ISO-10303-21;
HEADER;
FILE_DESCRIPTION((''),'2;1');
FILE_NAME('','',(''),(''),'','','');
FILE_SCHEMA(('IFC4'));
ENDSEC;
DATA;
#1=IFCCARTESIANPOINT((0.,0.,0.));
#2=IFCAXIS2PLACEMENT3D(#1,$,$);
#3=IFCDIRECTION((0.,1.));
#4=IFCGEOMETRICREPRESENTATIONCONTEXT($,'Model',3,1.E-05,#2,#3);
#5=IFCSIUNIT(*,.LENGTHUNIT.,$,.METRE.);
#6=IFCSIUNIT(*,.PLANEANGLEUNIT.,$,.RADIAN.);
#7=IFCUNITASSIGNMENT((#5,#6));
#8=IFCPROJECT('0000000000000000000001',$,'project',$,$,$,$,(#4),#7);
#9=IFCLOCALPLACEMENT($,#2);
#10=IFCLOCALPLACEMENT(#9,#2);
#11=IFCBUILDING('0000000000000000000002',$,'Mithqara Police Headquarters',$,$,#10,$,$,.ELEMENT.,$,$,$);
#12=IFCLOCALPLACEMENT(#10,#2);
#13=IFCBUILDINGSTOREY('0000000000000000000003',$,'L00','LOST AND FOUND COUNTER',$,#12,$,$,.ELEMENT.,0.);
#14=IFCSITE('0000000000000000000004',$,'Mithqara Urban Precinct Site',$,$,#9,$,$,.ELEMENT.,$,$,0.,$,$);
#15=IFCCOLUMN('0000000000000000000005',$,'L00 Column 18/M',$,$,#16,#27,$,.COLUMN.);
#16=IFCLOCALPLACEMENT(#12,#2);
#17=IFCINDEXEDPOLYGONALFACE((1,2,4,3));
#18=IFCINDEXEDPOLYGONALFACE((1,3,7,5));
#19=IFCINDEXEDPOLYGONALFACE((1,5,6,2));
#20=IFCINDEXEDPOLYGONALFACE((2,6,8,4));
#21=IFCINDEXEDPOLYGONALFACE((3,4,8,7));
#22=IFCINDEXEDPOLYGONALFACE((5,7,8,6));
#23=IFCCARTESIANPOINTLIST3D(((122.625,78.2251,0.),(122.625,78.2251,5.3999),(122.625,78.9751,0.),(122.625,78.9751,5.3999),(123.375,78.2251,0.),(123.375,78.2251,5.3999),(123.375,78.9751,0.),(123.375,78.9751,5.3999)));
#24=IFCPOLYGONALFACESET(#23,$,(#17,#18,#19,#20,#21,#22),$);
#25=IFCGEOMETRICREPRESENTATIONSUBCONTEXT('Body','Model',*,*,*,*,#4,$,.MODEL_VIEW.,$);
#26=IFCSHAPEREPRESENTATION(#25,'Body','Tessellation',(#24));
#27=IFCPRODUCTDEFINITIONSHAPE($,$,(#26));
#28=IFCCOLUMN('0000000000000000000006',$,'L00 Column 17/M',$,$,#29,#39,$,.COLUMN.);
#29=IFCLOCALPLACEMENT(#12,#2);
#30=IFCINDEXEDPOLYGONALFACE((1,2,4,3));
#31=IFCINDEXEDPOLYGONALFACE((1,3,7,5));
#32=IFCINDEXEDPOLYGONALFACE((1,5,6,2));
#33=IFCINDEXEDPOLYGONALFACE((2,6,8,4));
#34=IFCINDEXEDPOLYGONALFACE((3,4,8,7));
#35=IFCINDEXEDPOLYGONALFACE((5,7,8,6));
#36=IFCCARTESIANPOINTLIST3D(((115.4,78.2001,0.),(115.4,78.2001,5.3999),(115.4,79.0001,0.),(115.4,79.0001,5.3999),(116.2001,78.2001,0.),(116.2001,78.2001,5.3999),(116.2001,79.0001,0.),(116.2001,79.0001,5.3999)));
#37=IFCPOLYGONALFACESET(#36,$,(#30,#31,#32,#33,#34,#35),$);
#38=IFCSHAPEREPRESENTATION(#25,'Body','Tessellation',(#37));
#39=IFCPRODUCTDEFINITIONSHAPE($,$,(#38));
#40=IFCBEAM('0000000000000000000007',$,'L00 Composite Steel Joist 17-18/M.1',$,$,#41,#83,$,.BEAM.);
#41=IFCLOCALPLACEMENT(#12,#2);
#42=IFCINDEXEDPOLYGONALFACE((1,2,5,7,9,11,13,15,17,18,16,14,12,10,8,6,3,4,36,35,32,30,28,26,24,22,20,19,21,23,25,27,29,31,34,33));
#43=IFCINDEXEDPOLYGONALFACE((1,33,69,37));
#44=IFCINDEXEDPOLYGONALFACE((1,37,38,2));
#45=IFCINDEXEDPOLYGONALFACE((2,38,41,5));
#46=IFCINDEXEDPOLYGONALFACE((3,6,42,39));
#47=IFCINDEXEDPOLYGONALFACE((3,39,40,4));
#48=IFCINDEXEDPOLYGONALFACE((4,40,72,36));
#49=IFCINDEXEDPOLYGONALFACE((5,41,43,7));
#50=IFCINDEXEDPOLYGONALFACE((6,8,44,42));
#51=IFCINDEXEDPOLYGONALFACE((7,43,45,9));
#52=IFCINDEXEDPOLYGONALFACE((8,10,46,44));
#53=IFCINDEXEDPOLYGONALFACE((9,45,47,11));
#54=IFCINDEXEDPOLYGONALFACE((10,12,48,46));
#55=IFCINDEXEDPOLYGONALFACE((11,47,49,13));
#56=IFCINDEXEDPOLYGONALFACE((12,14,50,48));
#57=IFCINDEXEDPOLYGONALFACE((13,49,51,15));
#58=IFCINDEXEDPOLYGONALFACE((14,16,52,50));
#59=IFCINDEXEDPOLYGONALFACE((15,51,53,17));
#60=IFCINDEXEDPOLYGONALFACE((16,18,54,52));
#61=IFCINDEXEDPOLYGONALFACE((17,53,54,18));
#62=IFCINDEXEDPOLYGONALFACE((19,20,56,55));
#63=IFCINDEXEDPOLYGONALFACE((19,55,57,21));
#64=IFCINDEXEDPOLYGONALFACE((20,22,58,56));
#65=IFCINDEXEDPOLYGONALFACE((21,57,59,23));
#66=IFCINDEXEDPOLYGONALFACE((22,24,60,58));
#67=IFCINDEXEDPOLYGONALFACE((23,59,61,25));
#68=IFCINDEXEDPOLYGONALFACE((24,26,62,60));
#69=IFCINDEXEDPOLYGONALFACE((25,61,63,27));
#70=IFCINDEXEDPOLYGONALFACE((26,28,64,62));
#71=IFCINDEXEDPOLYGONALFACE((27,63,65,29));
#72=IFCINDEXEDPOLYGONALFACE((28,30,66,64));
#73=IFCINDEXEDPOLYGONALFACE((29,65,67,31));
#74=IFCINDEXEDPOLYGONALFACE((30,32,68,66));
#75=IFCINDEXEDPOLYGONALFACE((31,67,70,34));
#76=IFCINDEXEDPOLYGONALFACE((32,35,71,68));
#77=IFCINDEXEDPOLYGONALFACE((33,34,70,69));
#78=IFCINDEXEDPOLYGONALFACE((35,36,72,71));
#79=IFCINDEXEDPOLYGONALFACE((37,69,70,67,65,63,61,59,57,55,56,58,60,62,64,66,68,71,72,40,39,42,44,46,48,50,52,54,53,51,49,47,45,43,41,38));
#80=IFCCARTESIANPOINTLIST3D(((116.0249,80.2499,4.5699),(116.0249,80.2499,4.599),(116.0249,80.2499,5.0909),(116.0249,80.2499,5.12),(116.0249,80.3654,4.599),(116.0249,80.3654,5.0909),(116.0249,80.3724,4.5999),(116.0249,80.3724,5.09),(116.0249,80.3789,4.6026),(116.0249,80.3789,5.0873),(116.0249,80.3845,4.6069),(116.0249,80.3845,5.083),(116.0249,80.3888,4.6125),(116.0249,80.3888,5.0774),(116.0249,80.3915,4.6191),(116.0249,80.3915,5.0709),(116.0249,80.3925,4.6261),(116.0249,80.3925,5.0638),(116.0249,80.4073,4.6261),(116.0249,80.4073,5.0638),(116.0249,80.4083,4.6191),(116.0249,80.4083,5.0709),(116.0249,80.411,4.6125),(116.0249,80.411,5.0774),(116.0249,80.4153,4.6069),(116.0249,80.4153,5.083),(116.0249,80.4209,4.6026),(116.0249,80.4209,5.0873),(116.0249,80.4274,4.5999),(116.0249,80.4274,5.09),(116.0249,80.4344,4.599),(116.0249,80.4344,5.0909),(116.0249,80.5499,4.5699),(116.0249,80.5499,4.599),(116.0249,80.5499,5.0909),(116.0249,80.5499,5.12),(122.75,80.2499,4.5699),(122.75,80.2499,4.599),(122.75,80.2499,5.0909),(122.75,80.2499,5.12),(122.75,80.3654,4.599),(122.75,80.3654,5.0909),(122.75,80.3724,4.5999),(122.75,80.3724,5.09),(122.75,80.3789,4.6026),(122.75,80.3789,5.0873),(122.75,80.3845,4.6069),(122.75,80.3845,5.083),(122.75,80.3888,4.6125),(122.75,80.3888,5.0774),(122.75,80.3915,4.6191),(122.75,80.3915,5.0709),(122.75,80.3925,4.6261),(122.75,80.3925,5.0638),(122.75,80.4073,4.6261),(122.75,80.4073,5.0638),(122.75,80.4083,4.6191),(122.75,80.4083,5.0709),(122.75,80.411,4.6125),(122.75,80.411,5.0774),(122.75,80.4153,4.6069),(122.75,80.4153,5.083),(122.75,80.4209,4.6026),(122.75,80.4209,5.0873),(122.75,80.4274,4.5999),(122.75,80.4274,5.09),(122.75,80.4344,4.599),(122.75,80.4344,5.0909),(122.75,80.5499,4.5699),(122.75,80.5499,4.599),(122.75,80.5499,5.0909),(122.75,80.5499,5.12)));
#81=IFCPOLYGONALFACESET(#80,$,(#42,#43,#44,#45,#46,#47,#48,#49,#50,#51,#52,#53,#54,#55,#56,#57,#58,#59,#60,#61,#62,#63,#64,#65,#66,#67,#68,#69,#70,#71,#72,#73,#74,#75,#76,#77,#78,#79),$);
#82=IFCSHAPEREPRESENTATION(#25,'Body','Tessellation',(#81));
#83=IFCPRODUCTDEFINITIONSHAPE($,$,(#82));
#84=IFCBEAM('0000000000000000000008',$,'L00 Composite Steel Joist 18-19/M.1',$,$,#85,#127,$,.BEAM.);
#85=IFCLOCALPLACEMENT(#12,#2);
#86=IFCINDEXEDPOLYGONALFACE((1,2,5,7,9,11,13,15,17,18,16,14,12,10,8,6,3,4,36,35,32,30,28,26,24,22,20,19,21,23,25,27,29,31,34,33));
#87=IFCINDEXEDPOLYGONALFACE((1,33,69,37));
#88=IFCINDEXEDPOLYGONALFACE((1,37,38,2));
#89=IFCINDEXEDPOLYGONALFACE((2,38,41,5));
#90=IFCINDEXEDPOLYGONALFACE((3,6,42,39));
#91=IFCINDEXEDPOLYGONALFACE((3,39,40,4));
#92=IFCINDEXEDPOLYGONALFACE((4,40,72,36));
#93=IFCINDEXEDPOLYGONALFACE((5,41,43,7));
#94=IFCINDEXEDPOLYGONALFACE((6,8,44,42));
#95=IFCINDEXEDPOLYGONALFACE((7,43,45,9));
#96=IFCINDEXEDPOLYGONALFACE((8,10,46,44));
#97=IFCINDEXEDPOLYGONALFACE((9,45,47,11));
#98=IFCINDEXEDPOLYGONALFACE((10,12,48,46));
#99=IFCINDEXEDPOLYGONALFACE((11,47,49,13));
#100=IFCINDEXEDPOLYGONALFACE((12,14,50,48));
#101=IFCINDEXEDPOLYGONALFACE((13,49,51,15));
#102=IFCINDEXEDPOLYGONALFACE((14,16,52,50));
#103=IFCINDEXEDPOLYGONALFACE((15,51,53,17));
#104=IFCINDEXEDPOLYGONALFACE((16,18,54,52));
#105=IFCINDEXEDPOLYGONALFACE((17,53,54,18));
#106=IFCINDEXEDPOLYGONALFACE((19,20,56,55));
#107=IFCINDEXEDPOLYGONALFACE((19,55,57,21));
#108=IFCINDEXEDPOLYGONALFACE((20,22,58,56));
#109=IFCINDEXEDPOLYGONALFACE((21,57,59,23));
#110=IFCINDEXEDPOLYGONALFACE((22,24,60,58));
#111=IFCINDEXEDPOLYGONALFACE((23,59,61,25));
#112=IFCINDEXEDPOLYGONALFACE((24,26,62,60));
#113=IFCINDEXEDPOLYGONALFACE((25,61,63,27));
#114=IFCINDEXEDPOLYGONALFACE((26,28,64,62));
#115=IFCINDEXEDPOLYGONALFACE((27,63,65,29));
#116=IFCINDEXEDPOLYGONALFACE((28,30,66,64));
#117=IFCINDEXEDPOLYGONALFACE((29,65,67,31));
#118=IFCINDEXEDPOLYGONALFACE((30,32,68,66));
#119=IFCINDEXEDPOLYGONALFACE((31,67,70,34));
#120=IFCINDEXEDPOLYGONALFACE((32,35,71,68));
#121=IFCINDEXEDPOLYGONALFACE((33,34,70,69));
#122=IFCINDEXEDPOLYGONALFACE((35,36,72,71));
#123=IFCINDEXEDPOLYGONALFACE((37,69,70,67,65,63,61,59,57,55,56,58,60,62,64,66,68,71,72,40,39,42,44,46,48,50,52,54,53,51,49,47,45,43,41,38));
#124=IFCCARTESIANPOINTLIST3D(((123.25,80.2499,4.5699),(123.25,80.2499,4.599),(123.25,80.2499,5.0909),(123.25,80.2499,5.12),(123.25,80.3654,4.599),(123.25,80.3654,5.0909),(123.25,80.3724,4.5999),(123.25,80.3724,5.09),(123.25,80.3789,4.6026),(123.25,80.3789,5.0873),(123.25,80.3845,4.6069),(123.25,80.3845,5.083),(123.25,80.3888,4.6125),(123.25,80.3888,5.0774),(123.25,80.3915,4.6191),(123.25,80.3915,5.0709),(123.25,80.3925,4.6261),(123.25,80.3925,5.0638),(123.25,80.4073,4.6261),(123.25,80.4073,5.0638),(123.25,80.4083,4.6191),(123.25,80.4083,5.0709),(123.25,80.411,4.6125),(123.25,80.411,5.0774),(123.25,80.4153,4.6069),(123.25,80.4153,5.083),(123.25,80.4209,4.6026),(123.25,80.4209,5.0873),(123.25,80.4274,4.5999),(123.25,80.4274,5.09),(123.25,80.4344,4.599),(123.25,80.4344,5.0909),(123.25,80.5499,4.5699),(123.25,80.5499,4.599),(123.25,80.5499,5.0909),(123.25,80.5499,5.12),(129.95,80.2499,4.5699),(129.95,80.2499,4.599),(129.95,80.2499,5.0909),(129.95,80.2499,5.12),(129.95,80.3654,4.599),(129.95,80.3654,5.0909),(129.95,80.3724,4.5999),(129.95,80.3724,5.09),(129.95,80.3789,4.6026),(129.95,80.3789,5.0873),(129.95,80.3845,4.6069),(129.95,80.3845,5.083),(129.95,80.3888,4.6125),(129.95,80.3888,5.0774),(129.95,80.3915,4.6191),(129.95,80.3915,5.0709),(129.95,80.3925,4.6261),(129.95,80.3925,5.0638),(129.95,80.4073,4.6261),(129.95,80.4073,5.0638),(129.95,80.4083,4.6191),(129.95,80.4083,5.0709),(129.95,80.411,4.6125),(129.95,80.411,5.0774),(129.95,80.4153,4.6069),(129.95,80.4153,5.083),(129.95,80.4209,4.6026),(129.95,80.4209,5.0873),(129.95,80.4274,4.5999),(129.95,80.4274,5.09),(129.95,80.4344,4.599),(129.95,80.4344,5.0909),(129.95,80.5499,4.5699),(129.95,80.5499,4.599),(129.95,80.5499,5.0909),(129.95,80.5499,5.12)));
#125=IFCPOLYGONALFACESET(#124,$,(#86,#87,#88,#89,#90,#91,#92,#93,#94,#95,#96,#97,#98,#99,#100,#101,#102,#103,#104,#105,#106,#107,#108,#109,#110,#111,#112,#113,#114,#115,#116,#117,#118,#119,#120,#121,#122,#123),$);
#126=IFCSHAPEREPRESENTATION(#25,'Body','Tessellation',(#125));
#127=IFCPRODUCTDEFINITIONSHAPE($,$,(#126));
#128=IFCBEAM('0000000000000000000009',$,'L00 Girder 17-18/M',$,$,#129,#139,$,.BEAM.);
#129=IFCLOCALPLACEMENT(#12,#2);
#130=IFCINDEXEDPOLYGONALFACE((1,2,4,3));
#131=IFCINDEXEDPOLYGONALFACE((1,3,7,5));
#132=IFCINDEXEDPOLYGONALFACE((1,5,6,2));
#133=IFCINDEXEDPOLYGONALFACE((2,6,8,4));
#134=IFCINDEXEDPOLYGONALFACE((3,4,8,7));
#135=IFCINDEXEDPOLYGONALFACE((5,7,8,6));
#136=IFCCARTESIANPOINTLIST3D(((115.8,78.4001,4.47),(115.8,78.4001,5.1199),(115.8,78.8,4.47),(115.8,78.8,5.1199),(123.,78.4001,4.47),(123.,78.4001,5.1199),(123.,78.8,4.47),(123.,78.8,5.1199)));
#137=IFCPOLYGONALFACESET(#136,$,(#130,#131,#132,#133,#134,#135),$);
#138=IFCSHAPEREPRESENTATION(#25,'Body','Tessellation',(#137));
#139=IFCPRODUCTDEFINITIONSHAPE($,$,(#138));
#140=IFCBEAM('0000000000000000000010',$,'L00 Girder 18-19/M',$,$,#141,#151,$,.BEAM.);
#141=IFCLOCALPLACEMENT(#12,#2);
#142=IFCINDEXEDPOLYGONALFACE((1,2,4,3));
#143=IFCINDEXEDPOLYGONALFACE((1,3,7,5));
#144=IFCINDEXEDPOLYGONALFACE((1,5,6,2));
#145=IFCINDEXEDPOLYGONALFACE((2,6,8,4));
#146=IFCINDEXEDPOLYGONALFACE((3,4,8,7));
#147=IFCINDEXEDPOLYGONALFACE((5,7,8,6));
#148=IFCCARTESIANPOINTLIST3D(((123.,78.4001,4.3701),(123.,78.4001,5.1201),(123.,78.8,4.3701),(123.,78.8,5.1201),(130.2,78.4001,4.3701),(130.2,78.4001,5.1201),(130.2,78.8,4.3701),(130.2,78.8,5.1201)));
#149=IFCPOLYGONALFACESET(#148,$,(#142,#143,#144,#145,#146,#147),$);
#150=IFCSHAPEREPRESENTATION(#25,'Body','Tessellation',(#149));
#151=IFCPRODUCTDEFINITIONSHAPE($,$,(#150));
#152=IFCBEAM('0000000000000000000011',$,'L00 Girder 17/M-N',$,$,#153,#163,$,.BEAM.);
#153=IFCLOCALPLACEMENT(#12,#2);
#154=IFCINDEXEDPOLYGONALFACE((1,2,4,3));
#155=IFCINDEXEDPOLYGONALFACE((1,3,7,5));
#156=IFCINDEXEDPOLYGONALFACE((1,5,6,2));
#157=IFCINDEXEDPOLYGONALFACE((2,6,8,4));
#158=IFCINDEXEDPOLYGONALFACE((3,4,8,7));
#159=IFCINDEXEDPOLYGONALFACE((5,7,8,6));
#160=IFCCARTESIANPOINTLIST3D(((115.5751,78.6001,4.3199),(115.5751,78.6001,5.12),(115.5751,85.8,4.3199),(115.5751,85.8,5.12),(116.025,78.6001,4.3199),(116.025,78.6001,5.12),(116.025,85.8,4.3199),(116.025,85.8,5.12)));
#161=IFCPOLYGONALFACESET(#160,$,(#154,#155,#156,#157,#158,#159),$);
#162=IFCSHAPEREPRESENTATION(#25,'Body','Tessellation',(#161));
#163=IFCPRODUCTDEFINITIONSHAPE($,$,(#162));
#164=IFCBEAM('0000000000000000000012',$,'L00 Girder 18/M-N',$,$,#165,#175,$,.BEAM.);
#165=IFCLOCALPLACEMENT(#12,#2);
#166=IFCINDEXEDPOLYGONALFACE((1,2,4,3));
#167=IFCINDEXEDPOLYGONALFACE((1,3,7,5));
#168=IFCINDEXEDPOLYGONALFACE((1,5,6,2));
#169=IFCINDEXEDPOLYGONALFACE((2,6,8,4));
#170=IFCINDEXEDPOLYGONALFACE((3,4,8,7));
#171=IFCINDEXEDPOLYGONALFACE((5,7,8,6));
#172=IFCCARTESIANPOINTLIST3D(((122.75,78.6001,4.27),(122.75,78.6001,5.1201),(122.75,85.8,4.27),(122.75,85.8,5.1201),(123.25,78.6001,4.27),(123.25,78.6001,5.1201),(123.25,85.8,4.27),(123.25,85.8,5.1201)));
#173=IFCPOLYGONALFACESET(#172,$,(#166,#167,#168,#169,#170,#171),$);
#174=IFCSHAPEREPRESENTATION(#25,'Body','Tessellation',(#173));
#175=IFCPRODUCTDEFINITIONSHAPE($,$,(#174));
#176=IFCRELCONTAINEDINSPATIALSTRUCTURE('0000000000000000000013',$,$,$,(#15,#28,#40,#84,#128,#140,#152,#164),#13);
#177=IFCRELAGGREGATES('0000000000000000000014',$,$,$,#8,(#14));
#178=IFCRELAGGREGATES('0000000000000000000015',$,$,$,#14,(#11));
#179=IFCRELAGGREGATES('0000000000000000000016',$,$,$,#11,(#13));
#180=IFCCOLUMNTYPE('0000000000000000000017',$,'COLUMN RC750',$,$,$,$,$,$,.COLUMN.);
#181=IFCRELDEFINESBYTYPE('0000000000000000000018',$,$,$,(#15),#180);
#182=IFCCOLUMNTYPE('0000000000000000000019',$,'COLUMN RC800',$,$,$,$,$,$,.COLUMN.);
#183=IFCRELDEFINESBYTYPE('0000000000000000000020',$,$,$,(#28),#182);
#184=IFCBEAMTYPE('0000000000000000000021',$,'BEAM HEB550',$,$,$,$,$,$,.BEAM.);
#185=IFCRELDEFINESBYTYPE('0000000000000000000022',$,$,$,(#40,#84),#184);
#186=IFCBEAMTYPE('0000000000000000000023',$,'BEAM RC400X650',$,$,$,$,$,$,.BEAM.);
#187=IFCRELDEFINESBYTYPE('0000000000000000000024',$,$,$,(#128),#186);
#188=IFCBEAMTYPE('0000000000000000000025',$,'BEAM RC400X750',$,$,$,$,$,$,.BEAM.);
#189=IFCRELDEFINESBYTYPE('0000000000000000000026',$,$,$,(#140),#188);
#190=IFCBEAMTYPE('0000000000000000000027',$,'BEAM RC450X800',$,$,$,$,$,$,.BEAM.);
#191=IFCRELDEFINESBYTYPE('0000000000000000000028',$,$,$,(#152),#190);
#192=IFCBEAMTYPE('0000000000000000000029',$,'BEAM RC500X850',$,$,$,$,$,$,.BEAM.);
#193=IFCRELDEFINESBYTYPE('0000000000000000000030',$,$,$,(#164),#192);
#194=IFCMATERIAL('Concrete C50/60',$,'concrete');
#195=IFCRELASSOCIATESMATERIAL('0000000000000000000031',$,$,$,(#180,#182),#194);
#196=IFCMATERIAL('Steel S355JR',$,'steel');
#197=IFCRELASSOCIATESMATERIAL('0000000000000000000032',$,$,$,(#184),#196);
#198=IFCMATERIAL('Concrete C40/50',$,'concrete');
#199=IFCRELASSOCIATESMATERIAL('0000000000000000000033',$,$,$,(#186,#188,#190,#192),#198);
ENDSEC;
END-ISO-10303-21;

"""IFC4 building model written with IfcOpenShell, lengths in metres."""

from ifc_helpers import new_model, si_unit, direction, frame, origin, origin_2d, place, context, subcontext, project, spatial, rectangle, i_section, extrude, material, material_profile, profile_set, type_object, element, save


model = new_model("IFC4")

# Units and contexts
model_context = context("Model", 3, precision=1e-05, world=origin(), true_north=direction((0.0, 1.0)))
body_context = subcontext(model_context, "Body", "Model", "MODEL_VIEW")
ifc_project = project(units=[si_unit("LENGTHUNIT", "METRE"), si_unit("PLANEANGLEUNIT", "RADIAN")], contexts=[model_context])

# Site, building, storey
site_placement = place(None, origin())
site = spatial("IfcSite", under=ifc_project, at=site_placement, Name="Mithqara Urban Precinct Site", CompositionType="ELEMENT", RefElevation=0.0)
building_placement = place(site_placement, origin())
building = spatial("IfcBuilding", under=site, at=building_placement, Name="Mithqara Police Headquarters", CompositionType="ELEMENT")
storey_placement = place(building_placement, origin())
storey = spatial("IfcBuildingStorey", under=building, at=storey_placement, Name="L00", Description="LOST AND FOUND COUNTER", CompositionType="ELEMENT", Elevation=0.0)

# Columns
ifc_material_1 = material(Name="Concrete C50/60", Category="concrete")
ifc_material_profile_1 = material_profile(ifc_material_1, rectangle(XDim=0.75, YDim=0.75, at=origin_2d()), Name="RC 750x750")
ifc_profile_set_1 = profile_set([ifc_material_profile_1], Name="Concrete C50/60")
column_type_1 = type_object("IfcColumnType", Name="COLUMN RC750", PredefinedType="COLUMN", material=ifc_profile_set_1)
column_1_placement = place(storey_placement, frame((123.0, 78.6001, 0.0), z_axis=(0.0, 0.0, 1.0), x_axis=(1.0, 0.0, 0.0)))
element("IfcColumn", 1, at=column_1_placement, inside=storey, type_object=column_type_1, Name="L00 Column 18/M", PredefinedType="COLUMN", context=body_context, shape_type="SweptSolid", body=[
    extrude(rectangle(XDim=0.75, YDim=0.75, at=origin_2d()), origin(), (0.0, 0.0, 1.0), 5.3999),
])
ifc_material_profile_2 = material_profile(ifc_material_1, rectangle(XDim=0.8, YDim=0.8, at=origin_2d()), Name="RC 800x800")
ifc_profile_set_2 = profile_set([ifc_material_profile_2], Name="Concrete C50/60")
column_type_2 = type_object("IfcColumnType", Name="COLUMN RC800", PredefinedType="COLUMN", material=ifc_profile_set_2)
column_2_placement = place(storey_placement, frame((115.8, 78.6001, 0.0), z_axis=(0.0, 0.0, 1.0), x_axis=(1.0, 0.0, 0.0)))
element("IfcColumn", 2, at=column_2_placement, inside=storey, type_object=column_type_2, Name="L00 Column 17/M", PredefinedType="COLUMN", context=body_context, shape_type="SweptSolid", body=[
    extrude(rectangle(XDim=0.8, YDim=0.8, at=origin_2d()), origin(), (0.0, 0.0, 1.0), 5.3999),
])

# Beams
ifc_material_2 = material(Name="Steel S355JR", Category="steel")
ifc_material_profile_3 = material_profile(ifc_material_2, i_section(OverallWidth=0.3, OverallDepth=0.55, WebThickness=0.0149, FlangeThickness=0.0291, FilletRadius=0.0271, at=origin_2d()), Name="HEB 550")
ifc_profile_set_3 = profile_set([ifc_material_profile_3], Name="Steel S355JR")
beam_type_1 = type_object("IfcBeamType", Name="BEAM HEB550", PredefinedType="BEAM", material=ifc_profile_set_3)
beam_1_placement = place(storey_placement, frame((116.0249, 80.3999, 4.845), z_axis=(1.0, 0.0, 0.0), x_axis=(0.0, 1.0, 0.0)))
element("IfcBeam", 3, at=beam_1_placement, inside=storey, type_object=beam_type_1, Name="L00 Composite Steel Joist 17-18/M.1", PredefinedType="BEAM", context=body_context, shape_type="SweptSolid", body=[
    extrude(i_section(OverallWidth=0.3, OverallDepth=0.55, WebThickness=0.0149, FlangeThickness=0.0291, FilletRadius=0.0271, at=origin_2d()), origin(), (0.0, 0.0, 1.0), 6.7251),
])
beam_2_placement = place(storey_placement, frame((123.25, 80.3999, 4.845), z_axis=(1.0, 0.0, 0.0), x_axis=(0.0, 1.0, 0.0)))
element("IfcBeam", 4, at=beam_2_placement, inside=storey, type_object=beam_type_1, Name="L00 Composite Steel Joist 18-19/M.1", PredefinedType="BEAM", context=body_context, shape_type="SweptSolid", body=[
    extrude(i_section(OverallWidth=0.3, OverallDepth=0.55, WebThickness=0.0149, FlangeThickness=0.0291, FilletRadius=0.0271, at=origin_2d()), origin(), (0.0, 0.0, 1.0), 6.7),
])
ifc_material_3 = material(Name="Concrete C40/50", Category="concrete")
ifc_material_profile_4 = material_profile(ifc_material_3, rectangle(XDim=0.3999, YDim=0.6499, at=origin_2d()), Name="RC 400x650")
ifc_profile_set_4 = profile_set([ifc_material_profile_4], Name="Concrete C40/50")
beam_type_2 = type_object("IfcBeamType", Name="BEAM RC400X650", PredefinedType="BEAM", material=ifc_profile_set_4)
beam_3_placement = place(storey_placement, frame((115.8, 78.6001, 4.7949), z_axis=(1.0, 0.0, 0.0), x_axis=(0.0, 1.0, 0.0)))
element("IfcBeam", 5, at=beam_3_placement, inside=storey, type_object=beam_type_2, Name="L00 Girder 17-18/M", PredefinedType="BEAM", context=body_context, shape_type="SweptSolid", body=[
    extrude(rectangle(XDim=0.3999, YDim=0.6499, at=origin_2d()), origin(), (0.0, 0.0, 1.0), 7.2),
])
ifc_material_profile_5 = material_profile(ifc_material_3, rectangle(XDim=0.3999, YDim=0.75, at=origin_2d()), Name="RC 400x750")
ifc_profile_set_5 = profile_set([ifc_material_profile_5], Name="Concrete C40/50")
beam_type_3 = type_object("IfcBeamType", Name="BEAM RC400X750", PredefinedType="BEAM", material=ifc_profile_set_5)
beam_4_placement = place(storey_placement, frame((123.0, 78.6001, 4.7451), z_axis=(1.0, 0.0, 0.0), x_axis=(0.0, 1.0, 0.0)))
element("IfcBeam", 6, at=beam_4_placement, inside=storey, type_object=beam_type_3, Name="L00 Girder 18-19/M", PredefinedType="BEAM", context=body_context, shape_type="SweptSolid", body=[
    extrude(rectangle(XDim=0.3999, YDim=0.75, at=origin_2d()), origin(), (0.0, 0.0, 1.0), 7.2),
])
ifc_material_profile_6 = material_profile(ifc_material_3, rectangle(XDim=0.45, YDim=0.8, at=origin_2d()), Name="RC 450x800")
ifc_profile_set_6 = profile_set([ifc_material_profile_6], Name="Concrete C40/50")
beam_type_4 = type_object("IfcBeamType", Name="BEAM RC450X800", PredefinedType="BEAM", material=ifc_profile_set_6)
beam_5_placement = place(storey_placement, frame((115.8, 78.6001, 4.72), z_axis=(0.0, 1.0, 0.0), x_axis=(-1.0, 0.0, 0.0)))
element("IfcBeam", 7, at=beam_5_placement, inside=storey, type_object=beam_type_4, Name="L00 Girder 17/M-N", PredefinedType="BEAM", context=body_context, shape_type="SweptSolid", body=[
    extrude(rectangle(XDim=0.45, YDim=0.8, at=origin_2d()), origin(), (0.0, 0.0, 1.0), 7.2),
])
ifc_material_profile_7 = material_profile(ifc_material_3, rectangle(XDim=0.5, YDim=0.8501, at=origin_2d()), Name="RC 500x850")
ifc_profile_set_7 = profile_set([ifc_material_profile_7], Name="Concrete C40/50")
beam_type_5 = type_object("IfcBeamType", Name="BEAM RC500X850", PredefinedType="BEAM", material=ifc_profile_set_7)
beam_6_placement = place(storey_placement, frame((123.0, 78.6001, 4.6951), z_axis=(0.0, 1.0, 0.0), x_axis=(-1.0, 0.0, 0.0)))
element("IfcBeam", 8, at=beam_6_placement, inside=storey, type_object=beam_type_5, Name="L00 Girder 18/M-N", PredefinedType="BEAM", context=body_context, shape_type="SweptSolid", body=[
    extrude(rectangle(XDim=0.5, YDim=0.8501, at=origin_2d()), origin(), (0.0, 0.0, 1.0), 7.2),
])

save(model, "model.ifc")
